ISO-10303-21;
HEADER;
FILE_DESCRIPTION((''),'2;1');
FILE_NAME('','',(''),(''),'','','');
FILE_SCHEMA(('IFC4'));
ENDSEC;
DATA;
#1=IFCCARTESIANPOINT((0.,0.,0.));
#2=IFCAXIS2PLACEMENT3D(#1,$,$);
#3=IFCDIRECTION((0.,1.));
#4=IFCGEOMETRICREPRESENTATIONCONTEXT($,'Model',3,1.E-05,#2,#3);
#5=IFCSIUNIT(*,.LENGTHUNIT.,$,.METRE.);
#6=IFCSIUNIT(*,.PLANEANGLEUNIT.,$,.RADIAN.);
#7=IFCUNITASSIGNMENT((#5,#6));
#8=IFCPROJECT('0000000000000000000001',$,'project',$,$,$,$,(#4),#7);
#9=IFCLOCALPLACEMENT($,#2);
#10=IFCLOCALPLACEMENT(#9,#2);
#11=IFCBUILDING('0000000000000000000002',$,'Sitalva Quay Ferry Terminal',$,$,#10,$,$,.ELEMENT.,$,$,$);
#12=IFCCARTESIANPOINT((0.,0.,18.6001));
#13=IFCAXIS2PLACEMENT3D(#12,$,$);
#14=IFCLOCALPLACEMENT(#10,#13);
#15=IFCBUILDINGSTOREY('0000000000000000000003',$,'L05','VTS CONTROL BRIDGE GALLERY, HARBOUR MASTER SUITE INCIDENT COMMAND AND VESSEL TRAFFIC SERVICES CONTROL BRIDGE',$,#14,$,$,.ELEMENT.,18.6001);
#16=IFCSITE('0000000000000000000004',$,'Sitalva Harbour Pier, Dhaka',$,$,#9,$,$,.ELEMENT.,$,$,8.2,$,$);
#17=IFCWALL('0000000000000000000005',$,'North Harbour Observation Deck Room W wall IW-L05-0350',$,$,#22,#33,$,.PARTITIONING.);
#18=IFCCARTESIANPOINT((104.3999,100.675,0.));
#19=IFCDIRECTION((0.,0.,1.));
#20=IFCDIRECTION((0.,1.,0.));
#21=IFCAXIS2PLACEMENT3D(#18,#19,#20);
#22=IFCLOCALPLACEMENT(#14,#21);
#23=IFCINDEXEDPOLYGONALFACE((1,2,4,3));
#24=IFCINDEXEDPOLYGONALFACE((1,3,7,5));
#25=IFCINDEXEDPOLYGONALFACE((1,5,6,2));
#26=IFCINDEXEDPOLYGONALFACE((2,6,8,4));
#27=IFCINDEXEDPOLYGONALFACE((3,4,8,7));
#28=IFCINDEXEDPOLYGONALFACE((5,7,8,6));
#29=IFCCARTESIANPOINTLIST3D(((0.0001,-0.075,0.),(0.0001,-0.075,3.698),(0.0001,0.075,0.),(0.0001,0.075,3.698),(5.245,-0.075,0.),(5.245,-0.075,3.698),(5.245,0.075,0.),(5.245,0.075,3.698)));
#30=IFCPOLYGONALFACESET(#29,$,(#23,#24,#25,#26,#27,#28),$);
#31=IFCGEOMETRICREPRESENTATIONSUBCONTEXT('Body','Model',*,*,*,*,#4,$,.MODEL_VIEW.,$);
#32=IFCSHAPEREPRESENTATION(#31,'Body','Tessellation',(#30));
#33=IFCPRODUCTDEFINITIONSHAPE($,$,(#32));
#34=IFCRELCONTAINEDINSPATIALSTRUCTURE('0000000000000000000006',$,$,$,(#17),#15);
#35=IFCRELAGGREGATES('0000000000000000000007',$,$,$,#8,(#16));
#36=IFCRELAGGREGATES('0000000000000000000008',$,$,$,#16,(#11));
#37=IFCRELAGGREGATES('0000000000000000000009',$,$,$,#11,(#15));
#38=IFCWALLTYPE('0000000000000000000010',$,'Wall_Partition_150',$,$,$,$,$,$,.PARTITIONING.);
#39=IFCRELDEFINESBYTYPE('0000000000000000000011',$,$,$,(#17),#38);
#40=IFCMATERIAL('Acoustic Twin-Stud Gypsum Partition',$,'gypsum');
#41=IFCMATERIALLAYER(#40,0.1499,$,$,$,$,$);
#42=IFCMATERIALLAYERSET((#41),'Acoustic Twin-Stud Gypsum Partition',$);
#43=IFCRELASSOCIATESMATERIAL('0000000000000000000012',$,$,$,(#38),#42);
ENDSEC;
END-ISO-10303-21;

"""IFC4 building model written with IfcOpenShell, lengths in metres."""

from ifc_helpers import new_model, si_unit, direction, frame, frame_2d, origin, place, context, subcontext, project, spatial, rectangle, extrude, material, layer, layer_set, type_object, element, save


model = new_model("IFC4")

# Units and contexts
model_context = context("Model", 3, precision=1e-05, world=origin(), true_north=direction((0.0, 1.0)))
body_context = subcontext(model_context, "Body", "Model", "MODEL_VIEW")
ifc_project = project(units=[si_unit("LENGTHUNIT", "METRE"), si_unit("PLANEANGLEUNIT", "RADIAN")], contexts=[model_context])

# Site, building, storey
site_placement = place(None, origin())
site = spatial("IfcSite", under=ifc_project, at=site_placement, Name="Sitalva Harbour Pier, Dhaka", CompositionType="ELEMENT", RefElevation=8.2)
building_placement = place(site_placement, origin())
building = spatial("IfcBuilding", under=site, at=building_placement, Name="Sitalva Quay Ferry Terminal", CompositionType="ELEMENT")
storey_placement = place(building_placement, frame((0.0, 0.0, 18.6001)))
storey = spatial("IfcBuildingStorey", under=building, at=storey_placement, Name="L05", Description="VTS CONTROL BRIDGE GALLERY, HARBOUR MASTER SUITE INCIDENT COMMAND AND VESSEL TRAFFIC SERVICES CONTROL BRIDGE", CompositionType="ELEMENT", Elevation=18.6001)

# Shared definitions
ifc_material_1 = material(Name="Acoustic Twin-Stud Gypsum Partition", Category="gypsum")
ifc_layer_1 = layer(ifc_material_1, 0.1499)
ifc_layer_set_1 = layer_set([ifc_layer_1], Name="Acoustic Twin-Stud Gypsum Partition")
wall_type = type_object("IfcWallType", Name="Wall_Partition_150", PredefinedType="PARTITIONING", material=ifc_layer_set_1)

# Wall
wall_1_placement = place(storey_placement, frame((104.3999, 100.675, 0.0), z_axis=(0.0, 0.0, 1.0), x_axis=(0.0, 1.0, 0.0)))
element("IfcWall", 1, at=wall_1_placement, inside=storey, type_object=wall_type, Name="North Harbour Observation Deck Room W wall IW-L05-0350", PredefinedType="PARTITIONING", context=body_context, shape_type="SweptSolid", body=[
    extrude(rectangle(XDim=5.2449, YDim=0.1499, at=frame_2d((2.6226, 0.0))), origin(), (0.0, 0.0, 1.0), 3.698),
])

save(model, "model.ifc")
